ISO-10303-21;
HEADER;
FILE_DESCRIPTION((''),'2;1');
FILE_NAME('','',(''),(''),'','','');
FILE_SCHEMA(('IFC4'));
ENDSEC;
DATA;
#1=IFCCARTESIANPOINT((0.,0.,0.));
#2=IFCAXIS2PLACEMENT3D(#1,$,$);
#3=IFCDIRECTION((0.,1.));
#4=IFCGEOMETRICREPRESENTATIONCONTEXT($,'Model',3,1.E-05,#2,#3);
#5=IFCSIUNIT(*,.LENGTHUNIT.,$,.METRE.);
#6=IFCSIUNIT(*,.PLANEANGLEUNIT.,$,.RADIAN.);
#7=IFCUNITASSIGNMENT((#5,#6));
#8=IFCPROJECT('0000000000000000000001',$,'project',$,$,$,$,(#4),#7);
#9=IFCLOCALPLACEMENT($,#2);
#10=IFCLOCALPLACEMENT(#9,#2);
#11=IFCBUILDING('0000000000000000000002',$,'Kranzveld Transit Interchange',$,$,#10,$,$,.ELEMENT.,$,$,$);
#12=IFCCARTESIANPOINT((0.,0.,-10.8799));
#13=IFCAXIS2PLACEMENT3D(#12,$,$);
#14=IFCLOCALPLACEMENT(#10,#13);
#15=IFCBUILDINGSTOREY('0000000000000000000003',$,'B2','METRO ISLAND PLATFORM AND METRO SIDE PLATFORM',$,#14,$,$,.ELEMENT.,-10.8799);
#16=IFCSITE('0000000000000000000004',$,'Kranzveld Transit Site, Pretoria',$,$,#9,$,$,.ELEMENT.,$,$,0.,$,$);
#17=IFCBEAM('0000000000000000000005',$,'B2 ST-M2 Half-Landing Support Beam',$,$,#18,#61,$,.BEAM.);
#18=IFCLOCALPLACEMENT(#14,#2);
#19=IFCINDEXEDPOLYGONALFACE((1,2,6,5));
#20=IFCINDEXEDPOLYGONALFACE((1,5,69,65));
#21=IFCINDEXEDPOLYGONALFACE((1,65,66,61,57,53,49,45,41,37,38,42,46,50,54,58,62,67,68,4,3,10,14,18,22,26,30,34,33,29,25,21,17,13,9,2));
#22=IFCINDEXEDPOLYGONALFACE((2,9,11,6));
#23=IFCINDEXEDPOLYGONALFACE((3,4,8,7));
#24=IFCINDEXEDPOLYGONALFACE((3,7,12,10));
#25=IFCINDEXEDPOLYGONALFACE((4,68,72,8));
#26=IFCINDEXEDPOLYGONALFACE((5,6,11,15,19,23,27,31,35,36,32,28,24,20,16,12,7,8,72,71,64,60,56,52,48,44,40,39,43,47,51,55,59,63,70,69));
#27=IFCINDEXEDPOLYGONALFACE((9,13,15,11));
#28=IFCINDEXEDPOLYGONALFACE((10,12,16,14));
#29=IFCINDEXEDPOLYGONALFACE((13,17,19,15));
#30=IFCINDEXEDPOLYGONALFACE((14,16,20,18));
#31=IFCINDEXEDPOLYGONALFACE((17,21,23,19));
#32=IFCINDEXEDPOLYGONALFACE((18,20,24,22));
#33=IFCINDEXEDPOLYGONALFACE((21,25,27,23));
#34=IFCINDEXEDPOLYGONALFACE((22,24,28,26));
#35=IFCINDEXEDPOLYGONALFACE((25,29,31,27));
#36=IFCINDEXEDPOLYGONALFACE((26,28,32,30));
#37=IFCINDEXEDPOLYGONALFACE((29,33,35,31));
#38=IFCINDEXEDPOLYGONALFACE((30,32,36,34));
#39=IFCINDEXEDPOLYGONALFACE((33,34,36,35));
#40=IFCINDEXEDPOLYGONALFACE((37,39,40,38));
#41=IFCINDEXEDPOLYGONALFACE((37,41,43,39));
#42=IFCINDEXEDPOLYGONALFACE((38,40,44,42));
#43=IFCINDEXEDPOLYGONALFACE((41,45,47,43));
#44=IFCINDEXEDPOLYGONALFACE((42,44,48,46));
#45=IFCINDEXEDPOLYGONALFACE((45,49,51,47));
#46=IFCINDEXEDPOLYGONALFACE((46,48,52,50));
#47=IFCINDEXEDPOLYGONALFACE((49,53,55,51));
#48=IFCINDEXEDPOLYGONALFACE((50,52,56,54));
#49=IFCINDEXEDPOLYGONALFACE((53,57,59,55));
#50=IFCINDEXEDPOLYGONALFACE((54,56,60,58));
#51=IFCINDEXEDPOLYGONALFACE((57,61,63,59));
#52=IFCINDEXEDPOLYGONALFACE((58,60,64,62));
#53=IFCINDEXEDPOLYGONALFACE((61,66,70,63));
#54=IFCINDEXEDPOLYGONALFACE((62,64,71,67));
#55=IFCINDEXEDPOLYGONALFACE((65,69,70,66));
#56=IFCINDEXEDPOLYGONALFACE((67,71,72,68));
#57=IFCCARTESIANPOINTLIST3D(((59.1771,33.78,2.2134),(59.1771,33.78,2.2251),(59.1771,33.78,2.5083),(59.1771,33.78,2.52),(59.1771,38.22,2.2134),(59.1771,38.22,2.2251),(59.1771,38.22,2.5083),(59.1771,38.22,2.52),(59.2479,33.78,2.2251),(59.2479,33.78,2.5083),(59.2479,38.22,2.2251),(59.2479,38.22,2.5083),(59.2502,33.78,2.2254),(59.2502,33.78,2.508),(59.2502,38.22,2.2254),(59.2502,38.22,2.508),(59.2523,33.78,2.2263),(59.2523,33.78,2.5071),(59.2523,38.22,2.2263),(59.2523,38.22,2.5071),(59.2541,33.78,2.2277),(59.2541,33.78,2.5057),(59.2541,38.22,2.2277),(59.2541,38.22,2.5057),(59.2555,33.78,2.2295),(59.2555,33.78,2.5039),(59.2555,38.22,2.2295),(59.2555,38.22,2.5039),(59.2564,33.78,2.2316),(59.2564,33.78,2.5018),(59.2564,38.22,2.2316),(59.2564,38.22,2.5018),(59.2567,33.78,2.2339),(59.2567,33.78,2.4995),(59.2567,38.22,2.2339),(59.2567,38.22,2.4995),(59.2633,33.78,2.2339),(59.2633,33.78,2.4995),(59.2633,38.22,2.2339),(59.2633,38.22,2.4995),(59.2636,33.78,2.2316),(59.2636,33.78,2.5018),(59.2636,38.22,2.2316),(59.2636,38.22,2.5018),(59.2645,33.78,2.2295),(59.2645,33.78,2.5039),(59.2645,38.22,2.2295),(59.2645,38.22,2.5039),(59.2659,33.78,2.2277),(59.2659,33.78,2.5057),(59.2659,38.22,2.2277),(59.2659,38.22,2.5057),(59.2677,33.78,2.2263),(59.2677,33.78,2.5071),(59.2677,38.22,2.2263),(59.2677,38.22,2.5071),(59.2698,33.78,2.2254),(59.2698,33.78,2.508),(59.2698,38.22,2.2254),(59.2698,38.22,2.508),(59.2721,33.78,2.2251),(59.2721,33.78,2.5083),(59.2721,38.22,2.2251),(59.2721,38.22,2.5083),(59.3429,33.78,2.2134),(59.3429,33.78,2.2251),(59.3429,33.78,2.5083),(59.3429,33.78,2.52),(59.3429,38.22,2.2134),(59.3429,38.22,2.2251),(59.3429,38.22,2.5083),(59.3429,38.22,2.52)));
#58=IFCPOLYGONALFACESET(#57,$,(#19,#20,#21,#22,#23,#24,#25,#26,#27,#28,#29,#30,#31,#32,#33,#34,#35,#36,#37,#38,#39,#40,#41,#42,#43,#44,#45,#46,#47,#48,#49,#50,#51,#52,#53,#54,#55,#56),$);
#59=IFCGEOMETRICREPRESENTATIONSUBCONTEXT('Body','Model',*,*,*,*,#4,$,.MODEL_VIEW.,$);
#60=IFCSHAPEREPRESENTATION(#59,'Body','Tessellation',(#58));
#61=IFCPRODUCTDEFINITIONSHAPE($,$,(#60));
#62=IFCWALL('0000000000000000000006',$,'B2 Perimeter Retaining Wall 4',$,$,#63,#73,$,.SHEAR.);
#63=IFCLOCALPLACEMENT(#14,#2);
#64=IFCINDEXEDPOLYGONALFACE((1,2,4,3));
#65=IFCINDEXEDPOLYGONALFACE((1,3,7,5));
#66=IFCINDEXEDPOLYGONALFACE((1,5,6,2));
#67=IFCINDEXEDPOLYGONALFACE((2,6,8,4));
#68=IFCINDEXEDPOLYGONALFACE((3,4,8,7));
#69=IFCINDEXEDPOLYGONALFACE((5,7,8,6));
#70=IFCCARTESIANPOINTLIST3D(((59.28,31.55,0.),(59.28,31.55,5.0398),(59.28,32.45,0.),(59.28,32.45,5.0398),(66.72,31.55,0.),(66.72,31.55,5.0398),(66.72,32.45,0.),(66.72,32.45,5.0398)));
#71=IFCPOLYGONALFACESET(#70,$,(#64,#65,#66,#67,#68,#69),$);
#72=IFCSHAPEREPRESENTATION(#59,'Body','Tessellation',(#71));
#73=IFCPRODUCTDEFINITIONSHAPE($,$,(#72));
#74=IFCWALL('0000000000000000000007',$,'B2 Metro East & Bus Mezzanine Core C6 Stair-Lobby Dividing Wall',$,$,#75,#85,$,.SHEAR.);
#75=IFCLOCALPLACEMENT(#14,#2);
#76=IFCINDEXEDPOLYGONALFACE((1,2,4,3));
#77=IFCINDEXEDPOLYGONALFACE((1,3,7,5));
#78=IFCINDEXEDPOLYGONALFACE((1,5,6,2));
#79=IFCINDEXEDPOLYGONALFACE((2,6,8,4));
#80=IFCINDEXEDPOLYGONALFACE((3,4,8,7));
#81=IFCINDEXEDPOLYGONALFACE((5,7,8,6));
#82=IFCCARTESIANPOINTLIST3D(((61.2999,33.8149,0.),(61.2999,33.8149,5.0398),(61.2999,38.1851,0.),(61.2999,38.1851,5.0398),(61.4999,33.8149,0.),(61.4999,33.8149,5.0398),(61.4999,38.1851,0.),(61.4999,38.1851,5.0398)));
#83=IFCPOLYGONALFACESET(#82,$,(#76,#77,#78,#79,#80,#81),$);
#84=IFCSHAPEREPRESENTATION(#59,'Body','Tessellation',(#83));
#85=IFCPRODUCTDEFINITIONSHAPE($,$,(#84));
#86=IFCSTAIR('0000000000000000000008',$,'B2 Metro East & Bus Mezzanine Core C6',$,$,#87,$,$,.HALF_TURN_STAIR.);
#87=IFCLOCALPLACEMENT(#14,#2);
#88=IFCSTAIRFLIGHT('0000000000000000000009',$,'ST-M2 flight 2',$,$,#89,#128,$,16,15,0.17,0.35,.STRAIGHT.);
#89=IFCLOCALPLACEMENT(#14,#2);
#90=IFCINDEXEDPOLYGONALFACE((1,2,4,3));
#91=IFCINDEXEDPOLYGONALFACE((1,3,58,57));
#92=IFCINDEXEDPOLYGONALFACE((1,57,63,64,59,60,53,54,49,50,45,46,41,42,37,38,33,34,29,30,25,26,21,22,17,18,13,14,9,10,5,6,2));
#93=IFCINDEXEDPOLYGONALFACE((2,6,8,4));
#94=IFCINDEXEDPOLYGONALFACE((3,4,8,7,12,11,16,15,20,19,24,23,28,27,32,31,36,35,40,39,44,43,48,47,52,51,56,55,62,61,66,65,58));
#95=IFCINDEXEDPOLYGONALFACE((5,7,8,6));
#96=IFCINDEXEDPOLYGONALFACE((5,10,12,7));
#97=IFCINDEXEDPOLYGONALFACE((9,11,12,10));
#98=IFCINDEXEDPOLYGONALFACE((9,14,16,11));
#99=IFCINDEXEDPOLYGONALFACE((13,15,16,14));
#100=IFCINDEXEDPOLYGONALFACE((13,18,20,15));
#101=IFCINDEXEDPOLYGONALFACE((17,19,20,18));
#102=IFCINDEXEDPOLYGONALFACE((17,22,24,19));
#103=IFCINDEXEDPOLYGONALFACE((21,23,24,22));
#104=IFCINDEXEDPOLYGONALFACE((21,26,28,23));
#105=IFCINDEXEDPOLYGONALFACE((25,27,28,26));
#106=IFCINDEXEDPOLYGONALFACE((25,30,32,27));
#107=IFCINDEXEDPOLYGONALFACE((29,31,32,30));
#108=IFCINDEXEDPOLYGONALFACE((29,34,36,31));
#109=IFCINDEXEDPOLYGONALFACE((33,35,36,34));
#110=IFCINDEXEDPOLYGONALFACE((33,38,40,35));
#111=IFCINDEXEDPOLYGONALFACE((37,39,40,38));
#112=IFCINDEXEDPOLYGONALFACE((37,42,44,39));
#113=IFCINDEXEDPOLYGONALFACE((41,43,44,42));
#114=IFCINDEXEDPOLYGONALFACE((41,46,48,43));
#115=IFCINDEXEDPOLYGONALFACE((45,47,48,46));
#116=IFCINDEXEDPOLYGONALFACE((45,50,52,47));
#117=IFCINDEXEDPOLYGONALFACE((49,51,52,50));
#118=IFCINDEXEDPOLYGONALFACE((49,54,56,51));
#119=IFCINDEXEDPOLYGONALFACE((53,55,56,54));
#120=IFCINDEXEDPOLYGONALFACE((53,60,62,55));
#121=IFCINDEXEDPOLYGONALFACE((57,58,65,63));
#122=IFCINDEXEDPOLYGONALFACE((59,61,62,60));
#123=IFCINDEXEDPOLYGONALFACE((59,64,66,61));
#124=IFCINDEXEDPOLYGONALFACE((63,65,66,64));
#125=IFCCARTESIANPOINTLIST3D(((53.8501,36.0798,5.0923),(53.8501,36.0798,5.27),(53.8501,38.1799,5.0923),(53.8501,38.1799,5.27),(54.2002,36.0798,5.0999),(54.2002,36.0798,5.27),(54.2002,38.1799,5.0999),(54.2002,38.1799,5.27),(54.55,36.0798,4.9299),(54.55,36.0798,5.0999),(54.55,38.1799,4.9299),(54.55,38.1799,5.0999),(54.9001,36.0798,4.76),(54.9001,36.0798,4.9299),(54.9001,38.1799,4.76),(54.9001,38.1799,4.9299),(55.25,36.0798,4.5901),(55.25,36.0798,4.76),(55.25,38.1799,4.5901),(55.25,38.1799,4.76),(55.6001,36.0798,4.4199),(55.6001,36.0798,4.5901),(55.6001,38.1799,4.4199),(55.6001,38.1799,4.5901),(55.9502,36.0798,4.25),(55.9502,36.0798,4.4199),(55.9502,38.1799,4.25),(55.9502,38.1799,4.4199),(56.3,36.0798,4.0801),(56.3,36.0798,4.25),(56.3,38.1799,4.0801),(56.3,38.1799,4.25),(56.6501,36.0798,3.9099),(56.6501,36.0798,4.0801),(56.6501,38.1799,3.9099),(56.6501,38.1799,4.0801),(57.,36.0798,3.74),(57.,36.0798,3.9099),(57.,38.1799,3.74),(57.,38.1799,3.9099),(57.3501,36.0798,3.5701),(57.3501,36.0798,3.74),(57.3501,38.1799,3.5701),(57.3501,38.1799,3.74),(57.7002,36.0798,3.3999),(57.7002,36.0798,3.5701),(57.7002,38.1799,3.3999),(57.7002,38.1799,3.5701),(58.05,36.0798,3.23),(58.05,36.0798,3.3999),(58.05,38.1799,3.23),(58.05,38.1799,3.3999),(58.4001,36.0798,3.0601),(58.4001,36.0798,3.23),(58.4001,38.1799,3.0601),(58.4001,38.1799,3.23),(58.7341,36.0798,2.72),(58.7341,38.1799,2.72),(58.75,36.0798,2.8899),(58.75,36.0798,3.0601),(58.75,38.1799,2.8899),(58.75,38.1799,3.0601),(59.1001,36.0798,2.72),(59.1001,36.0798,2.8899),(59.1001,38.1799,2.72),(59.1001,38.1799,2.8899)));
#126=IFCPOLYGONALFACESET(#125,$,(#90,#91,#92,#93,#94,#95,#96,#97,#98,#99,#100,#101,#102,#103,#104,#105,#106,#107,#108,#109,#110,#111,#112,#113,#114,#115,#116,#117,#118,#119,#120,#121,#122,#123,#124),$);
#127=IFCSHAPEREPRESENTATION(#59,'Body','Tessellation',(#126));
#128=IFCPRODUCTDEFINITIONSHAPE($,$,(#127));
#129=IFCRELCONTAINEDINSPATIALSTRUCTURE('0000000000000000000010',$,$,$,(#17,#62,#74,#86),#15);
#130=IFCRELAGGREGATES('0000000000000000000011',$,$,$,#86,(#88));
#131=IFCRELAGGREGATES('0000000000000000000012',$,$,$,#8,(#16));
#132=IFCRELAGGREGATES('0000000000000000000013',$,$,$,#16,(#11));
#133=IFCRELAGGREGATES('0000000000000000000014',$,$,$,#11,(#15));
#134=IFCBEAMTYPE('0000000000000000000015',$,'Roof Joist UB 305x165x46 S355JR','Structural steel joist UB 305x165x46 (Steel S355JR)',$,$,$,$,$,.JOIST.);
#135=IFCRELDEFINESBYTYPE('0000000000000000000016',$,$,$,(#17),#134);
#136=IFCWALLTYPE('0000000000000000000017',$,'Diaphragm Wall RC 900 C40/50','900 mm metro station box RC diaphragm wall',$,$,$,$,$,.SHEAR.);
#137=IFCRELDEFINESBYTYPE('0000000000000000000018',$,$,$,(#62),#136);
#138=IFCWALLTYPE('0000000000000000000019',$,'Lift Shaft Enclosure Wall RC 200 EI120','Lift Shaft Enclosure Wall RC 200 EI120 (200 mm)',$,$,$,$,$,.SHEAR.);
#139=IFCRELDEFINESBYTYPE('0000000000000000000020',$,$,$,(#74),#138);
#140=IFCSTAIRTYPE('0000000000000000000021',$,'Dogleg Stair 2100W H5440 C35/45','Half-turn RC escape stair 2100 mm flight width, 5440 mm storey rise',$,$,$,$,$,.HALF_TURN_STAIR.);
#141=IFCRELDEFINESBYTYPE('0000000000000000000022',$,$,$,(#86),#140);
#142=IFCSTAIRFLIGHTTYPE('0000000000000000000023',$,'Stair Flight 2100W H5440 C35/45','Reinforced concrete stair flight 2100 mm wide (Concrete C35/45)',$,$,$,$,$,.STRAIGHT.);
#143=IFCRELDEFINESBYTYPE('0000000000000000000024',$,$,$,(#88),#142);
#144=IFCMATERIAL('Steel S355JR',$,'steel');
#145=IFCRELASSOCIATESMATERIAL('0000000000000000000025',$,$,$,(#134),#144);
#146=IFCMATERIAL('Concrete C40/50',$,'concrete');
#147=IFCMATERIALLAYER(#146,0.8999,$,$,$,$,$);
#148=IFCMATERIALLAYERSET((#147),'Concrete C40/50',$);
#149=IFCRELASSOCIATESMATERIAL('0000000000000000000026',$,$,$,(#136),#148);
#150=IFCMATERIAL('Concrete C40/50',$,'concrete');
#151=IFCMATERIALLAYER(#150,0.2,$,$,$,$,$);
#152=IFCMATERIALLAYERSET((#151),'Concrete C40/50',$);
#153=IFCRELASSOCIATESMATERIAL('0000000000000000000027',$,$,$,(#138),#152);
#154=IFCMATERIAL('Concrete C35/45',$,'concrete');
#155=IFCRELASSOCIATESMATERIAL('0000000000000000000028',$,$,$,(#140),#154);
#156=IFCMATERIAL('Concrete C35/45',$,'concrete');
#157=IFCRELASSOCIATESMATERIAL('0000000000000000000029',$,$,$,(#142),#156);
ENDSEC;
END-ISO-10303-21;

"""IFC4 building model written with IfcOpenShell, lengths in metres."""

from ifc_helpers import new_model, si_unit, direction, frame, frame_2d, origin, origin_2d, place, context, subcontext, project, spatial, polyline, rectangle, i_section, outline, extrude, material, layer, layer_set, material_profile, profile_set, type_object, element, aggregate, save


model = new_model("IFC4")

# Units and contexts
model_context = context("Model", 3, precision=1e-05, world=origin(), true_north=direction((0.0, 1.0)))
body_context = subcontext(model_context, "Body", "Model", "MODEL_VIEW")
ifc_project = project(units=[si_unit("LENGTHUNIT", "METRE"), si_unit("PLANEANGLEUNIT", "RADIAN")], contexts=[model_context])

# Site, building, storey
site_placement = place(None, origin())
site = spatial("IfcSite", under=ifc_project, at=site_placement, Name="Kranzveld Transit Site, Pretoria", CompositionType="ELEMENT", RefElevation=0.0)
building_placement = place(site_placement, origin())
building = spatial("IfcBuilding", under=site, at=building_placement, Name="Kranzveld Transit Interchange", CompositionType="ELEMENT")
storey_placement = place(building_placement, frame((0.0, 0.0, -10.8799)))
storey = spatial("IfcBuildingStorey", under=building, at=storey_placement, Name="B2", Description="METRO ISLAND PLATFORM AND METRO SIDE PLATFORM", CompositionType="ELEMENT", Elevation=-10.8799)

# Beam
ifc_material_1 = material(Name="Steel S355JR", Category="steel")
ifc_material_profile_1 = material_profile(ifc_material_1, i_section(OverallWidth=0.1658, OverallDepth=0.3066, WebThickness=0.0066, FlangeThickness=0.0117, FilletRadius=0.0088, at=origin_2d()), Name="UB 305x165x46")
ifc_profile_set_1 = profile_set([ifc_material_profile_1], Name="Steel S355JR")
beam_type_1 = type_object("IfcBeamType", Name="Roof Joist UB 305x165x46 S355JR", Description="Structural steel joist UB 305x165x46 (Steel S355JR)", PredefinedType="JOIST", material=ifc_profile_set_1)
beam_placement = place(storey_placement, frame((59.26, 33.78, 2.3667), z_axis=(0.0, 1.0, 0.0), x_axis=(-1.0, 0.0, 0.0)))
element("IfcBeam", 1, at=beam_placement, inside=storey, type_object=beam_type_1, Name="B2 ST-M2 Half-Landing Support Beam", PredefinedType="BEAM", context=body_context, shape_type="SweptSolid", body=[
    extrude(i_section(OverallWidth=0.1658, OverallDepth=0.3066, WebThickness=0.0066, FlangeThickness=0.0117, FilletRadius=0.0088, at=origin_2d()), origin(), (0.0, 0.0, 1.0), 4.4399),
])

# Walls
ifc_material_2 = material(Name="Concrete C40/50", Category="concrete")
ifc_layer_1 = layer(ifc_material_2, 0.8999)
ifc_layer_set_1 = layer_set([ifc_layer_1], Name="Concrete C40/50")
wall_type_1 = type_object("IfcWallType", Name="Diaphragm Wall RC 900 C40/50", Description="900 mm metro station box RC diaphragm wall", PredefinedType="SHEAR", material=ifc_layer_set_1)
wall_1_placement = place(storey_placement, frame((59.28, 32.0, 0.0), z_axis=(0.0, 0.0, 1.0), x_axis=(1.0, 0.0, 0.0)))
element("IfcWall", 2, at=wall_1_placement, inside=storey, type_object=wall_type_1, Name="B2 Perimeter Retaining Wall 4", PredefinedType="SHEAR", context=body_context, shape_type="SweptSolid", body=[
    extrude(rectangle(XDim=7.4399, YDim=0.8999, at=frame_2d((3.72, 0.0))), origin(), (0.0, 0.0, 1.0), 5.0398),
])
ifc_material_3 = material(Name="Concrete C40/50", Category="concrete")
ifc_layer_2 = layer(ifc_material_3, 0.2)
ifc_layer_set_2 = layer_set([ifc_layer_2], Name="Concrete C40/50")
wall_type_2 = type_object("IfcWallType", Name="Lift Shaft Enclosure Wall RC 200 EI120", Description="Lift Shaft Enclosure Wall RC 200 EI120 (200 mm)", PredefinedType="SHEAR", material=ifc_layer_set_2)
wall_2_placement = place(storey_placement, frame((61.3999, 33.8149, 0.0), z_axis=(0.0, 0.0, 1.0), x_axis=(0.0, 1.0, 0.0)))
element("IfcWall", 3, at=wall_2_placement, inside=storey, type_object=wall_type_2, Name="B2 Metro East & Bus Mezzanine Core C6 Stair-Lobby Dividing Wall", PredefinedType="SHEAR", context=body_context, shape_type="SweptSolid", body=[
    extrude(rectangle(XDim=4.3701, YDim=0.2, at=frame_2d((2.1851, 0.0))), origin(), (0.0, 0.0, 1.0), 5.0398),
])

# Stair, stair flight
ifc_material_4 = material(Name="Concrete C35/45", Category="concrete")
stair_type = type_object("IfcStairType", Name="Dogleg Stair 2100W H5440 C35/45", Description="Half-turn RC escape stair 2100 mm flight width, 5440 mm storey rise", PredefinedType="HALF_TURN_STAIR", material=ifc_material_4)
stair_placement = place(storey_placement, origin())
stair = element("IfcStair", 4, at=stair_placement, inside=storey, type_object=stair_type, Name="B2 Metro East & Bus Mezzanine Core C6", PredefinedType="HALF_TURN_STAIR")
ifc_material_5 = material(Name="Concrete C35/45", Category="concrete")
stair_flight_type = type_object("IfcStairFlightType", Name="Stair Flight 2100W H5440 C35/45", Description="Reinforced concrete stair flight 2100 mm wide (Concrete C35/45)", PredefinedType="STRAIGHT", material=ifc_material_5)
stair_flight_placement = place(storey_placement, frame((59.1001, 37.1299, 2.72), z_axis=(0.0, 0.0, 1.0), x_axis=(-1.0, 0.0, 0.0)))
stair_flight = element("IfcStairFlight", 5, at=stair_flight_placement, type_object=stair_flight_type, Name="ST-M2 flight 2", NumberOfRisers=16, NumberOfTreads=15, PredefinedType="STRAIGHT", RiserHeight=0.17, TreadLength=0.35, context=body_context, shape_type="SweptSolid", body=[
    extrude(outline(polyline([(0.0, 0.0), (0.0, 0.1699), (0.3501, 0.1699), (0.3501, 0.3401), (0.7, 0.3401), (0.7, 0.51), (1.05, 0.51), (1.05, 0.6799), (1.3999, 0.6799), (1.3999, 0.8501), (1.75, 0.8501), (1.75, 1.02), (2.1001, 1.02), (2.1001, 1.1899), (2.45, 1.1899), (2.45, 1.3601), (2.8, 1.3601), (2.8, 1.53), (3.1499, 1.53), (3.1499, 1.7), (3.5, 1.7), (3.5, 1.8701), (3.8501, 1.8701), (3.8501, 2.04), (4.2, 2.04), (4.2, 2.21), (4.55, 2.21), (4.55, 2.3799), (4.8999, 2.3799), (4.8999, 2.55), (5.25, 2.55), (5.25, 2.72), (5.25, 2.3723), (0.366, 0.0), (0.0, 0.0)])), frame((0.0, 1.05, 0.0), z_axis=(0.0, -1.0, 0.0), x_axis=(1.0, 0.0, 0.0)), (0.0, 0.0, 1.0), 2.1001),
])
aggregate(stair, [stair_flight])

save(model, "model.ifc")
